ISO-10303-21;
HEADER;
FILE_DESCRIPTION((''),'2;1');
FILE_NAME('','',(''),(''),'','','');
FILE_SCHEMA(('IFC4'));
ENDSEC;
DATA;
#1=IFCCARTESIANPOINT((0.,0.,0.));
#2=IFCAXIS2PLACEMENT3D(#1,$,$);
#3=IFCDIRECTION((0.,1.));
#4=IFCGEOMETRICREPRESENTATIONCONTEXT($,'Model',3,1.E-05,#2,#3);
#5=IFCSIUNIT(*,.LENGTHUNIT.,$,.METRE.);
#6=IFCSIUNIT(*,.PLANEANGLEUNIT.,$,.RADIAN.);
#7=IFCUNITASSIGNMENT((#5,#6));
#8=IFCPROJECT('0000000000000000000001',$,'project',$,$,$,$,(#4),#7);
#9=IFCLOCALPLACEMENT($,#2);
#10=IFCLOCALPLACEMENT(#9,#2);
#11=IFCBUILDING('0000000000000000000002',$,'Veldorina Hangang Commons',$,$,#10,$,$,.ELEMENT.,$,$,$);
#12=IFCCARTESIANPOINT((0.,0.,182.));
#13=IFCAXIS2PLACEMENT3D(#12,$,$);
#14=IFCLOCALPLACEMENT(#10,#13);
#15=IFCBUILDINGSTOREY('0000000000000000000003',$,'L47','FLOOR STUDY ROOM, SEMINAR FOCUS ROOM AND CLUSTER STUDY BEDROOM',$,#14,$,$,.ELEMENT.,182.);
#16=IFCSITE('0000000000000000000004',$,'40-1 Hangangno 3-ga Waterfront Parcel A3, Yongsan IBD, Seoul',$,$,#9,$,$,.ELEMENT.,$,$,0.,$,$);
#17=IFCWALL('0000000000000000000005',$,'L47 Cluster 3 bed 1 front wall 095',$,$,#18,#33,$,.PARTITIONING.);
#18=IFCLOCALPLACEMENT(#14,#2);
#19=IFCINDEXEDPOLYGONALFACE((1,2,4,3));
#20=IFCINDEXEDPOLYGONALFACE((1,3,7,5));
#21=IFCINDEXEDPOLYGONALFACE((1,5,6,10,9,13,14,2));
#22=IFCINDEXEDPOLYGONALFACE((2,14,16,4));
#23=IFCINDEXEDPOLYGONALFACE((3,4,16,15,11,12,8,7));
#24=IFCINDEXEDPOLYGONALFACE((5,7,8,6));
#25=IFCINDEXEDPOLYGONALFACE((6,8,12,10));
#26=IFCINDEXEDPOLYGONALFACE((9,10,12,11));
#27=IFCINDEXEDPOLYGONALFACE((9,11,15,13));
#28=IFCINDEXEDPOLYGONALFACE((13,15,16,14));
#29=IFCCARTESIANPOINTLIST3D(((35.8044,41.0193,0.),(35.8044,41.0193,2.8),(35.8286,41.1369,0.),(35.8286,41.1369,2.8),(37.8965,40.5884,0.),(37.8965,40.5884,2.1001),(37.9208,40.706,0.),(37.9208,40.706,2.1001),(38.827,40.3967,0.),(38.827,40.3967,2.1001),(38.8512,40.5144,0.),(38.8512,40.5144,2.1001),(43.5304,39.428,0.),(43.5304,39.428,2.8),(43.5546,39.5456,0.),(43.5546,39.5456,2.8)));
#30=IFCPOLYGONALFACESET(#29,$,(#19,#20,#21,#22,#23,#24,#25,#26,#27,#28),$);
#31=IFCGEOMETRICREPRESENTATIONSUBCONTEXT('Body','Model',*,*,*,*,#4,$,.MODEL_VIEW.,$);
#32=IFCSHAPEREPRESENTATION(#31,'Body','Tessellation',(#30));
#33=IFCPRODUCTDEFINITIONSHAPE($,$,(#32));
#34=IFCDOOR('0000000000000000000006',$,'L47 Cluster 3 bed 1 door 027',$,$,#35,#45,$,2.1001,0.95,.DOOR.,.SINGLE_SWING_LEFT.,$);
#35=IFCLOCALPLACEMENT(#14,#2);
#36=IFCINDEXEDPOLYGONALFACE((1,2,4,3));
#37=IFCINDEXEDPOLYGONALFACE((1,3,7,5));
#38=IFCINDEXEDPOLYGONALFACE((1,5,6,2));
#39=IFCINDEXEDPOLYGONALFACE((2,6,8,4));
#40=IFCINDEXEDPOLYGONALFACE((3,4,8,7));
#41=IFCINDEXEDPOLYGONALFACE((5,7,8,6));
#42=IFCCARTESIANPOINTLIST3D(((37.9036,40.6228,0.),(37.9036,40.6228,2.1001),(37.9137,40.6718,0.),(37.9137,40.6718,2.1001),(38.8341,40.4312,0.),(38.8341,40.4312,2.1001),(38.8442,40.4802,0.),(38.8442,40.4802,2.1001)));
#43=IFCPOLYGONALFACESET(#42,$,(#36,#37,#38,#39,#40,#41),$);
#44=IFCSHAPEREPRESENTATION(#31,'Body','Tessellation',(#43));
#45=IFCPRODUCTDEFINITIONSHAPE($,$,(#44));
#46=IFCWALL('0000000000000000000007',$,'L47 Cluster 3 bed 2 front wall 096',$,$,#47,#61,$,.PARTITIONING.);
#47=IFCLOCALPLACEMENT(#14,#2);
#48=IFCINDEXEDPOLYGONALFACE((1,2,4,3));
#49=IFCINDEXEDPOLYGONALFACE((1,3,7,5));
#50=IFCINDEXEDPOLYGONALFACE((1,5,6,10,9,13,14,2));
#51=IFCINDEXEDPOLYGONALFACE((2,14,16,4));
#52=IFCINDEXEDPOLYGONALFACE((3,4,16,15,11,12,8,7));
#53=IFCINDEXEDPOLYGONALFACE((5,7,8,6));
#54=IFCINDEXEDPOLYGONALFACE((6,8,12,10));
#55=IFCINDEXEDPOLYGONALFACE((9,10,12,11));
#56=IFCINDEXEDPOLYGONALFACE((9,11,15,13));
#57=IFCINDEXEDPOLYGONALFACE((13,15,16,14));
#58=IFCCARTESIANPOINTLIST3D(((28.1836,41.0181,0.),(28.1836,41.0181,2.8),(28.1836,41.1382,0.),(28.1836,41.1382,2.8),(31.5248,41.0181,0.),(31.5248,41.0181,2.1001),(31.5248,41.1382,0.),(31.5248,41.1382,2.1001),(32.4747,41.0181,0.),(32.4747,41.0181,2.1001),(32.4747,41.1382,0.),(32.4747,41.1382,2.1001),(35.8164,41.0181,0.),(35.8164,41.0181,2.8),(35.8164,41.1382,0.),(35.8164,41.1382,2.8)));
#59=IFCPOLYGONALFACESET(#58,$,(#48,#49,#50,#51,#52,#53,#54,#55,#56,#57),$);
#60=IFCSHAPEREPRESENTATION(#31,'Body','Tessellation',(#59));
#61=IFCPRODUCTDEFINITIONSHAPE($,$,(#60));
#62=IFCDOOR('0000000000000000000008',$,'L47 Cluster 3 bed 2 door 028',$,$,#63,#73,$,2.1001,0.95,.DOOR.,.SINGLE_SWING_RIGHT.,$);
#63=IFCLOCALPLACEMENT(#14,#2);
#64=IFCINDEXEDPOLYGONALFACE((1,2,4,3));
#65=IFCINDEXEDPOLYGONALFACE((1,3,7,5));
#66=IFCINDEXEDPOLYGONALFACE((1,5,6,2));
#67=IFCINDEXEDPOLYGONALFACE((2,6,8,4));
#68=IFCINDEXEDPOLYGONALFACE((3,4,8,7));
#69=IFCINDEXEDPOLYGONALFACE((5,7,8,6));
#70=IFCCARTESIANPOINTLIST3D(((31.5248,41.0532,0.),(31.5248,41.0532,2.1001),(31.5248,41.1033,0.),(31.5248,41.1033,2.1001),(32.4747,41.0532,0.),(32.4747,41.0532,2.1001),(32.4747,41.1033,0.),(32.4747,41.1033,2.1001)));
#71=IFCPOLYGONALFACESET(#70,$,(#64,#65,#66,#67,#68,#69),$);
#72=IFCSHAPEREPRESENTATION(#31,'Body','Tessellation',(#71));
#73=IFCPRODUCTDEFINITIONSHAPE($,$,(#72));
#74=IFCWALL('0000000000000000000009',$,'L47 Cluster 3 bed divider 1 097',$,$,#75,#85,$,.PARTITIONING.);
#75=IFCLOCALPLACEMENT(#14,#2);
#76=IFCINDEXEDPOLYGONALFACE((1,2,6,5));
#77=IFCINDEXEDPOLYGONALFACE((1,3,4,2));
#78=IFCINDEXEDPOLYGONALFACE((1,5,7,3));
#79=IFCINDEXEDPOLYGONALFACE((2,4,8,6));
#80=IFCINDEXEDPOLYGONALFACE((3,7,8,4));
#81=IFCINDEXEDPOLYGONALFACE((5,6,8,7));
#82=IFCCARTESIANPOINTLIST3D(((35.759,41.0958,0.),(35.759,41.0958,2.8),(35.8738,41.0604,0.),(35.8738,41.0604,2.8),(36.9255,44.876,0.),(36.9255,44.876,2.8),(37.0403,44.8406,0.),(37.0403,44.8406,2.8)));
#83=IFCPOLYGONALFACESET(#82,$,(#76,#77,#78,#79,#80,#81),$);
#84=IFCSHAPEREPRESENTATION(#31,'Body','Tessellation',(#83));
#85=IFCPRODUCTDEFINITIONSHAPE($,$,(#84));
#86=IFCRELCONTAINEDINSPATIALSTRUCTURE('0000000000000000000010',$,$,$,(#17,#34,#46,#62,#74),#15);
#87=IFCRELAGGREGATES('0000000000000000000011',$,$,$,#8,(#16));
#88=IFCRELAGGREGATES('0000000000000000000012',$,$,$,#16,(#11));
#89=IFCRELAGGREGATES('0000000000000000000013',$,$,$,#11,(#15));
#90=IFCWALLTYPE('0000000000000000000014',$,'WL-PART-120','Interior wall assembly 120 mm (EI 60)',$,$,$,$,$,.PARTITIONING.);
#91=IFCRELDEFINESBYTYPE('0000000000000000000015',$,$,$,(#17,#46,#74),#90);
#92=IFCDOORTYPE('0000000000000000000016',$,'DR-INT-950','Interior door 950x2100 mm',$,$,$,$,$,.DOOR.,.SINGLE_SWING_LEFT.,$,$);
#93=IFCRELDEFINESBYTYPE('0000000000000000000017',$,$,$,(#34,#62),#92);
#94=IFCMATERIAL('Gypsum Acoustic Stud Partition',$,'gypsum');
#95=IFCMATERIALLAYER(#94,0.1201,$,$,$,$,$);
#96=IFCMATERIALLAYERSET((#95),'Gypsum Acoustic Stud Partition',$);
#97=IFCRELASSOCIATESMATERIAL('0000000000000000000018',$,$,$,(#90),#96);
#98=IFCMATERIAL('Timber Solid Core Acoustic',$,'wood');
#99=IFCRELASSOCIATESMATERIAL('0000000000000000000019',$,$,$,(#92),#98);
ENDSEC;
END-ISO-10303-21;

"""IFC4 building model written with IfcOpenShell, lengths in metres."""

from ifc_helpers import new_model, si_unit, direction, frame, frame_2d, origin, place, context, subcontext, project, spatial, rectangle, extrude, material, layer, layer_set, type_object, element, fill, save


model = new_model("IFC4")

# Units and contexts
model_context = context("Model", 3, precision=1e-05, world=origin(), true_north=direction((0.0, 1.0)))
body_context = subcontext(model_context, "Body", "Model", "MODEL_VIEW")
ifc_project = project(units=[si_unit("LENGTHUNIT", "METRE"), si_unit("PLANEANGLEUNIT", "RADIAN")], contexts=[model_context])

# Site, building, storey
site_placement = place(None, origin())
site = spatial("IfcSite", under=ifc_project, at=site_placement, Name="40-1 Hangangno 3-ga Waterfront Parcel A3, Yongsan IBD, Seoul", CompositionType="ELEMENT", RefElevation=0.0)
building_placement = place(site_placement, origin())
building = spatial("IfcBuilding", under=site, at=building_placement, Name="Veldorina Hangang Commons", CompositionType="ELEMENT")
storey_placement = place(building_placement, frame((0.0, 0.0, 182.0)))
storey = spatial("IfcBuildingStorey", under=building, at=storey_placement, Name="L47", Description="FLOOR STUDY ROOM, SEMINAR FOCUS ROOM AND CLUSTER STUDY BEDROOM", CompositionType="ELEMENT", Elevation=182.0)

# Shared definitions
ifc_material_1 = material(Name="Gypsum Acoustic Stud Partition", Category="gypsum")
ifc_layer_1 = layer(ifc_material_1, 0.1201)
ifc_layer_set_1 = layer_set([ifc_layer_1], Name="Gypsum Acoustic Stud Partition")
wall_type_1 = type_object("IfcWallType", Name="WL-PART-120", Description="Interior wall assembly 120 mm (EI 60)", PredefinedType="PARTITIONING", material=ifc_layer_set_1)

# Walls, openings, doors
wall_1_placement = place(storey_placement, frame((43.5425, 39.4868, 0.0), z_axis=(0.0, 0.0, 1.0), x_axis=(-0.979441, 0.201732, 0.0)))
wall_1 = element("IfcWall", 1, at=wall_1_placement, inside=storey, type_object=wall_type_1, Name="L47 Cluster 3 bed 1 front wall 095", PredefinedType="PARTITIONING", context=body_context, shape_type="SweptSolid", body=[
    extrude(rectangle(XDim=7.8882, YDim=0.1201, at=frame_2d((3.9441, 0.0))), origin(), (0.0, 0.0, 1.0), 2.8),
])
opening_1_placement = place(wall_1_placement, frame((4.802, 0.0, 0.0)))
opening_1 = element("IfcOpeningElement", 2, at=opening_1_placement, cuts=wall_1, PredefinedType="OPENING", context=body_context, shape_type="SweptSolid", body=[
    extrude(rectangle(XDim=0.95, YDim=2.1001, at=frame_2d((0.4751, 1.05))), frame((0.0, 0.0701, 0.0), z_axis=(0.0, -1.0, 0.0), x_axis=(1.0, 0.0, 0.0)), (0.0, 0.0, 1.0), 0.1401),
])
ifc_material_2 = material(Name="Timber Solid Core Acoustic", Category="wood")
door_type_1 = type_object("IfcDoorType", Name="DR-INT-950", Description="Interior door 950x2100 mm", OperationType="SINGLE_SWING_LEFT", PredefinedType="DOOR", material=ifc_material_2)
door_1_placement = place(opening_1_placement, origin())
door_1 = element("IfcDoor", 3, at=door_1_placement, inside=storey, type_object=door_type_1, Name="L47 Cluster 3 bed 1 door 027", OperationType="SINGLE_SWING_LEFT", OverallHeight=2.1001, OverallWidth=0.95, PredefinedType="DOOR", context=body_context, shape_type="SweptSolid", body=[
    extrude(rectangle(XDim=0.95, YDim=2.1001, at=frame_2d((0.4751, 1.05))), frame((0.0, 0.0249, 0.0), z_axis=(0.0, -1.0, 0.0), x_axis=(1.0, 0.0, 0.0)), (0.0, 0.0, 1.0), 0.05),
])
fill(opening_1, door_1)
wall_2_placement = place(storey_placement, frame((35.8164, 41.0781, 0.0), z_axis=(0.0, 0.0, 1.0), x_axis=(-1.0, 0.0, 0.0)))
wall_2 = element("IfcWall", 4, at=wall_2_placement, inside=storey, type_object=wall_type_1, Name="L47 Cluster 3 bed 2 front wall 096", PredefinedType="PARTITIONING", context=body_context, shape_type="SweptSolid", body=[
    extrude(rectangle(XDim=7.6328, YDim=0.1201, at=frame_2d((3.8164, 0.0))), origin(), (0.0, 0.0, 1.0), 2.8),
])
opening_2_placement = place(wall_2_placement, frame((3.3416, 0.0, 0.0)))
opening_2 = element("IfcOpeningElement", 5, at=opening_2_placement, cuts=wall_2, PredefinedType="OPENING", context=body_context, shape_type="SweptSolid", body=[
    extrude(rectangle(XDim=0.95, YDim=2.1001, at=frame_2d((0.4751, 1.05))), frame((0.0, 0.0701, 0.0), z_axis=(0.0, -1.0, 0.0), x_axis=(1.0, 0.0, 0.0)), (0.0, 0.0, 1.0), 0.1401),
])
door_2_placement = place(opening_2_placement, origin())
door_2 = element("IfcDoor", 6, at=door_2_placement, inside=storey, type_object=door_type_1, Name="L47 Cluster 3 bed 2 door 028", OperationType="SINGLE_SWING_RIGHT", OverallHeight=2.1001, OverallWidth=0.95, PredefinedType="DOOR", context=body_context, shape_type="SweptSolid", body=[
    extrude(rectangle(XDim=0.95, YDim=2.1001, at=frame_2d((0.4751, 1.05))), frame((0.0, 0.0249, 0.0), z_axis=(0.0, -1.0, 0.0), x_axis=(1.0, 0.0, 0.0)), (0.0, 0.0, 1.0), 0.05),
])
fill(opening_2, door_2)

# Wall
wall_3_placement = place(storey_placement, frame((35.8164, 41.0781, 0.0), z_axis=(0.0, 0.0, 1.0), x_axis=(0.294858, 0.955541, 0.0)))
element("IfcWall", 7, at=wall_3_placement, inside=storey, type_object=wall_type_1, Name="L47 Cluster 3 bed divider 1 097", PredefinedType="PARTITIONING", context=body_context, shape_type="SweptSolid", body=[
    extrude(rectangle(XDim=3.9561, YDim=0.1201, at=frame_2d((1.978, 0.0))), origin(), (0.0, 0.0, 1.0), 2.8),
])

save(model, "model.ifc")
